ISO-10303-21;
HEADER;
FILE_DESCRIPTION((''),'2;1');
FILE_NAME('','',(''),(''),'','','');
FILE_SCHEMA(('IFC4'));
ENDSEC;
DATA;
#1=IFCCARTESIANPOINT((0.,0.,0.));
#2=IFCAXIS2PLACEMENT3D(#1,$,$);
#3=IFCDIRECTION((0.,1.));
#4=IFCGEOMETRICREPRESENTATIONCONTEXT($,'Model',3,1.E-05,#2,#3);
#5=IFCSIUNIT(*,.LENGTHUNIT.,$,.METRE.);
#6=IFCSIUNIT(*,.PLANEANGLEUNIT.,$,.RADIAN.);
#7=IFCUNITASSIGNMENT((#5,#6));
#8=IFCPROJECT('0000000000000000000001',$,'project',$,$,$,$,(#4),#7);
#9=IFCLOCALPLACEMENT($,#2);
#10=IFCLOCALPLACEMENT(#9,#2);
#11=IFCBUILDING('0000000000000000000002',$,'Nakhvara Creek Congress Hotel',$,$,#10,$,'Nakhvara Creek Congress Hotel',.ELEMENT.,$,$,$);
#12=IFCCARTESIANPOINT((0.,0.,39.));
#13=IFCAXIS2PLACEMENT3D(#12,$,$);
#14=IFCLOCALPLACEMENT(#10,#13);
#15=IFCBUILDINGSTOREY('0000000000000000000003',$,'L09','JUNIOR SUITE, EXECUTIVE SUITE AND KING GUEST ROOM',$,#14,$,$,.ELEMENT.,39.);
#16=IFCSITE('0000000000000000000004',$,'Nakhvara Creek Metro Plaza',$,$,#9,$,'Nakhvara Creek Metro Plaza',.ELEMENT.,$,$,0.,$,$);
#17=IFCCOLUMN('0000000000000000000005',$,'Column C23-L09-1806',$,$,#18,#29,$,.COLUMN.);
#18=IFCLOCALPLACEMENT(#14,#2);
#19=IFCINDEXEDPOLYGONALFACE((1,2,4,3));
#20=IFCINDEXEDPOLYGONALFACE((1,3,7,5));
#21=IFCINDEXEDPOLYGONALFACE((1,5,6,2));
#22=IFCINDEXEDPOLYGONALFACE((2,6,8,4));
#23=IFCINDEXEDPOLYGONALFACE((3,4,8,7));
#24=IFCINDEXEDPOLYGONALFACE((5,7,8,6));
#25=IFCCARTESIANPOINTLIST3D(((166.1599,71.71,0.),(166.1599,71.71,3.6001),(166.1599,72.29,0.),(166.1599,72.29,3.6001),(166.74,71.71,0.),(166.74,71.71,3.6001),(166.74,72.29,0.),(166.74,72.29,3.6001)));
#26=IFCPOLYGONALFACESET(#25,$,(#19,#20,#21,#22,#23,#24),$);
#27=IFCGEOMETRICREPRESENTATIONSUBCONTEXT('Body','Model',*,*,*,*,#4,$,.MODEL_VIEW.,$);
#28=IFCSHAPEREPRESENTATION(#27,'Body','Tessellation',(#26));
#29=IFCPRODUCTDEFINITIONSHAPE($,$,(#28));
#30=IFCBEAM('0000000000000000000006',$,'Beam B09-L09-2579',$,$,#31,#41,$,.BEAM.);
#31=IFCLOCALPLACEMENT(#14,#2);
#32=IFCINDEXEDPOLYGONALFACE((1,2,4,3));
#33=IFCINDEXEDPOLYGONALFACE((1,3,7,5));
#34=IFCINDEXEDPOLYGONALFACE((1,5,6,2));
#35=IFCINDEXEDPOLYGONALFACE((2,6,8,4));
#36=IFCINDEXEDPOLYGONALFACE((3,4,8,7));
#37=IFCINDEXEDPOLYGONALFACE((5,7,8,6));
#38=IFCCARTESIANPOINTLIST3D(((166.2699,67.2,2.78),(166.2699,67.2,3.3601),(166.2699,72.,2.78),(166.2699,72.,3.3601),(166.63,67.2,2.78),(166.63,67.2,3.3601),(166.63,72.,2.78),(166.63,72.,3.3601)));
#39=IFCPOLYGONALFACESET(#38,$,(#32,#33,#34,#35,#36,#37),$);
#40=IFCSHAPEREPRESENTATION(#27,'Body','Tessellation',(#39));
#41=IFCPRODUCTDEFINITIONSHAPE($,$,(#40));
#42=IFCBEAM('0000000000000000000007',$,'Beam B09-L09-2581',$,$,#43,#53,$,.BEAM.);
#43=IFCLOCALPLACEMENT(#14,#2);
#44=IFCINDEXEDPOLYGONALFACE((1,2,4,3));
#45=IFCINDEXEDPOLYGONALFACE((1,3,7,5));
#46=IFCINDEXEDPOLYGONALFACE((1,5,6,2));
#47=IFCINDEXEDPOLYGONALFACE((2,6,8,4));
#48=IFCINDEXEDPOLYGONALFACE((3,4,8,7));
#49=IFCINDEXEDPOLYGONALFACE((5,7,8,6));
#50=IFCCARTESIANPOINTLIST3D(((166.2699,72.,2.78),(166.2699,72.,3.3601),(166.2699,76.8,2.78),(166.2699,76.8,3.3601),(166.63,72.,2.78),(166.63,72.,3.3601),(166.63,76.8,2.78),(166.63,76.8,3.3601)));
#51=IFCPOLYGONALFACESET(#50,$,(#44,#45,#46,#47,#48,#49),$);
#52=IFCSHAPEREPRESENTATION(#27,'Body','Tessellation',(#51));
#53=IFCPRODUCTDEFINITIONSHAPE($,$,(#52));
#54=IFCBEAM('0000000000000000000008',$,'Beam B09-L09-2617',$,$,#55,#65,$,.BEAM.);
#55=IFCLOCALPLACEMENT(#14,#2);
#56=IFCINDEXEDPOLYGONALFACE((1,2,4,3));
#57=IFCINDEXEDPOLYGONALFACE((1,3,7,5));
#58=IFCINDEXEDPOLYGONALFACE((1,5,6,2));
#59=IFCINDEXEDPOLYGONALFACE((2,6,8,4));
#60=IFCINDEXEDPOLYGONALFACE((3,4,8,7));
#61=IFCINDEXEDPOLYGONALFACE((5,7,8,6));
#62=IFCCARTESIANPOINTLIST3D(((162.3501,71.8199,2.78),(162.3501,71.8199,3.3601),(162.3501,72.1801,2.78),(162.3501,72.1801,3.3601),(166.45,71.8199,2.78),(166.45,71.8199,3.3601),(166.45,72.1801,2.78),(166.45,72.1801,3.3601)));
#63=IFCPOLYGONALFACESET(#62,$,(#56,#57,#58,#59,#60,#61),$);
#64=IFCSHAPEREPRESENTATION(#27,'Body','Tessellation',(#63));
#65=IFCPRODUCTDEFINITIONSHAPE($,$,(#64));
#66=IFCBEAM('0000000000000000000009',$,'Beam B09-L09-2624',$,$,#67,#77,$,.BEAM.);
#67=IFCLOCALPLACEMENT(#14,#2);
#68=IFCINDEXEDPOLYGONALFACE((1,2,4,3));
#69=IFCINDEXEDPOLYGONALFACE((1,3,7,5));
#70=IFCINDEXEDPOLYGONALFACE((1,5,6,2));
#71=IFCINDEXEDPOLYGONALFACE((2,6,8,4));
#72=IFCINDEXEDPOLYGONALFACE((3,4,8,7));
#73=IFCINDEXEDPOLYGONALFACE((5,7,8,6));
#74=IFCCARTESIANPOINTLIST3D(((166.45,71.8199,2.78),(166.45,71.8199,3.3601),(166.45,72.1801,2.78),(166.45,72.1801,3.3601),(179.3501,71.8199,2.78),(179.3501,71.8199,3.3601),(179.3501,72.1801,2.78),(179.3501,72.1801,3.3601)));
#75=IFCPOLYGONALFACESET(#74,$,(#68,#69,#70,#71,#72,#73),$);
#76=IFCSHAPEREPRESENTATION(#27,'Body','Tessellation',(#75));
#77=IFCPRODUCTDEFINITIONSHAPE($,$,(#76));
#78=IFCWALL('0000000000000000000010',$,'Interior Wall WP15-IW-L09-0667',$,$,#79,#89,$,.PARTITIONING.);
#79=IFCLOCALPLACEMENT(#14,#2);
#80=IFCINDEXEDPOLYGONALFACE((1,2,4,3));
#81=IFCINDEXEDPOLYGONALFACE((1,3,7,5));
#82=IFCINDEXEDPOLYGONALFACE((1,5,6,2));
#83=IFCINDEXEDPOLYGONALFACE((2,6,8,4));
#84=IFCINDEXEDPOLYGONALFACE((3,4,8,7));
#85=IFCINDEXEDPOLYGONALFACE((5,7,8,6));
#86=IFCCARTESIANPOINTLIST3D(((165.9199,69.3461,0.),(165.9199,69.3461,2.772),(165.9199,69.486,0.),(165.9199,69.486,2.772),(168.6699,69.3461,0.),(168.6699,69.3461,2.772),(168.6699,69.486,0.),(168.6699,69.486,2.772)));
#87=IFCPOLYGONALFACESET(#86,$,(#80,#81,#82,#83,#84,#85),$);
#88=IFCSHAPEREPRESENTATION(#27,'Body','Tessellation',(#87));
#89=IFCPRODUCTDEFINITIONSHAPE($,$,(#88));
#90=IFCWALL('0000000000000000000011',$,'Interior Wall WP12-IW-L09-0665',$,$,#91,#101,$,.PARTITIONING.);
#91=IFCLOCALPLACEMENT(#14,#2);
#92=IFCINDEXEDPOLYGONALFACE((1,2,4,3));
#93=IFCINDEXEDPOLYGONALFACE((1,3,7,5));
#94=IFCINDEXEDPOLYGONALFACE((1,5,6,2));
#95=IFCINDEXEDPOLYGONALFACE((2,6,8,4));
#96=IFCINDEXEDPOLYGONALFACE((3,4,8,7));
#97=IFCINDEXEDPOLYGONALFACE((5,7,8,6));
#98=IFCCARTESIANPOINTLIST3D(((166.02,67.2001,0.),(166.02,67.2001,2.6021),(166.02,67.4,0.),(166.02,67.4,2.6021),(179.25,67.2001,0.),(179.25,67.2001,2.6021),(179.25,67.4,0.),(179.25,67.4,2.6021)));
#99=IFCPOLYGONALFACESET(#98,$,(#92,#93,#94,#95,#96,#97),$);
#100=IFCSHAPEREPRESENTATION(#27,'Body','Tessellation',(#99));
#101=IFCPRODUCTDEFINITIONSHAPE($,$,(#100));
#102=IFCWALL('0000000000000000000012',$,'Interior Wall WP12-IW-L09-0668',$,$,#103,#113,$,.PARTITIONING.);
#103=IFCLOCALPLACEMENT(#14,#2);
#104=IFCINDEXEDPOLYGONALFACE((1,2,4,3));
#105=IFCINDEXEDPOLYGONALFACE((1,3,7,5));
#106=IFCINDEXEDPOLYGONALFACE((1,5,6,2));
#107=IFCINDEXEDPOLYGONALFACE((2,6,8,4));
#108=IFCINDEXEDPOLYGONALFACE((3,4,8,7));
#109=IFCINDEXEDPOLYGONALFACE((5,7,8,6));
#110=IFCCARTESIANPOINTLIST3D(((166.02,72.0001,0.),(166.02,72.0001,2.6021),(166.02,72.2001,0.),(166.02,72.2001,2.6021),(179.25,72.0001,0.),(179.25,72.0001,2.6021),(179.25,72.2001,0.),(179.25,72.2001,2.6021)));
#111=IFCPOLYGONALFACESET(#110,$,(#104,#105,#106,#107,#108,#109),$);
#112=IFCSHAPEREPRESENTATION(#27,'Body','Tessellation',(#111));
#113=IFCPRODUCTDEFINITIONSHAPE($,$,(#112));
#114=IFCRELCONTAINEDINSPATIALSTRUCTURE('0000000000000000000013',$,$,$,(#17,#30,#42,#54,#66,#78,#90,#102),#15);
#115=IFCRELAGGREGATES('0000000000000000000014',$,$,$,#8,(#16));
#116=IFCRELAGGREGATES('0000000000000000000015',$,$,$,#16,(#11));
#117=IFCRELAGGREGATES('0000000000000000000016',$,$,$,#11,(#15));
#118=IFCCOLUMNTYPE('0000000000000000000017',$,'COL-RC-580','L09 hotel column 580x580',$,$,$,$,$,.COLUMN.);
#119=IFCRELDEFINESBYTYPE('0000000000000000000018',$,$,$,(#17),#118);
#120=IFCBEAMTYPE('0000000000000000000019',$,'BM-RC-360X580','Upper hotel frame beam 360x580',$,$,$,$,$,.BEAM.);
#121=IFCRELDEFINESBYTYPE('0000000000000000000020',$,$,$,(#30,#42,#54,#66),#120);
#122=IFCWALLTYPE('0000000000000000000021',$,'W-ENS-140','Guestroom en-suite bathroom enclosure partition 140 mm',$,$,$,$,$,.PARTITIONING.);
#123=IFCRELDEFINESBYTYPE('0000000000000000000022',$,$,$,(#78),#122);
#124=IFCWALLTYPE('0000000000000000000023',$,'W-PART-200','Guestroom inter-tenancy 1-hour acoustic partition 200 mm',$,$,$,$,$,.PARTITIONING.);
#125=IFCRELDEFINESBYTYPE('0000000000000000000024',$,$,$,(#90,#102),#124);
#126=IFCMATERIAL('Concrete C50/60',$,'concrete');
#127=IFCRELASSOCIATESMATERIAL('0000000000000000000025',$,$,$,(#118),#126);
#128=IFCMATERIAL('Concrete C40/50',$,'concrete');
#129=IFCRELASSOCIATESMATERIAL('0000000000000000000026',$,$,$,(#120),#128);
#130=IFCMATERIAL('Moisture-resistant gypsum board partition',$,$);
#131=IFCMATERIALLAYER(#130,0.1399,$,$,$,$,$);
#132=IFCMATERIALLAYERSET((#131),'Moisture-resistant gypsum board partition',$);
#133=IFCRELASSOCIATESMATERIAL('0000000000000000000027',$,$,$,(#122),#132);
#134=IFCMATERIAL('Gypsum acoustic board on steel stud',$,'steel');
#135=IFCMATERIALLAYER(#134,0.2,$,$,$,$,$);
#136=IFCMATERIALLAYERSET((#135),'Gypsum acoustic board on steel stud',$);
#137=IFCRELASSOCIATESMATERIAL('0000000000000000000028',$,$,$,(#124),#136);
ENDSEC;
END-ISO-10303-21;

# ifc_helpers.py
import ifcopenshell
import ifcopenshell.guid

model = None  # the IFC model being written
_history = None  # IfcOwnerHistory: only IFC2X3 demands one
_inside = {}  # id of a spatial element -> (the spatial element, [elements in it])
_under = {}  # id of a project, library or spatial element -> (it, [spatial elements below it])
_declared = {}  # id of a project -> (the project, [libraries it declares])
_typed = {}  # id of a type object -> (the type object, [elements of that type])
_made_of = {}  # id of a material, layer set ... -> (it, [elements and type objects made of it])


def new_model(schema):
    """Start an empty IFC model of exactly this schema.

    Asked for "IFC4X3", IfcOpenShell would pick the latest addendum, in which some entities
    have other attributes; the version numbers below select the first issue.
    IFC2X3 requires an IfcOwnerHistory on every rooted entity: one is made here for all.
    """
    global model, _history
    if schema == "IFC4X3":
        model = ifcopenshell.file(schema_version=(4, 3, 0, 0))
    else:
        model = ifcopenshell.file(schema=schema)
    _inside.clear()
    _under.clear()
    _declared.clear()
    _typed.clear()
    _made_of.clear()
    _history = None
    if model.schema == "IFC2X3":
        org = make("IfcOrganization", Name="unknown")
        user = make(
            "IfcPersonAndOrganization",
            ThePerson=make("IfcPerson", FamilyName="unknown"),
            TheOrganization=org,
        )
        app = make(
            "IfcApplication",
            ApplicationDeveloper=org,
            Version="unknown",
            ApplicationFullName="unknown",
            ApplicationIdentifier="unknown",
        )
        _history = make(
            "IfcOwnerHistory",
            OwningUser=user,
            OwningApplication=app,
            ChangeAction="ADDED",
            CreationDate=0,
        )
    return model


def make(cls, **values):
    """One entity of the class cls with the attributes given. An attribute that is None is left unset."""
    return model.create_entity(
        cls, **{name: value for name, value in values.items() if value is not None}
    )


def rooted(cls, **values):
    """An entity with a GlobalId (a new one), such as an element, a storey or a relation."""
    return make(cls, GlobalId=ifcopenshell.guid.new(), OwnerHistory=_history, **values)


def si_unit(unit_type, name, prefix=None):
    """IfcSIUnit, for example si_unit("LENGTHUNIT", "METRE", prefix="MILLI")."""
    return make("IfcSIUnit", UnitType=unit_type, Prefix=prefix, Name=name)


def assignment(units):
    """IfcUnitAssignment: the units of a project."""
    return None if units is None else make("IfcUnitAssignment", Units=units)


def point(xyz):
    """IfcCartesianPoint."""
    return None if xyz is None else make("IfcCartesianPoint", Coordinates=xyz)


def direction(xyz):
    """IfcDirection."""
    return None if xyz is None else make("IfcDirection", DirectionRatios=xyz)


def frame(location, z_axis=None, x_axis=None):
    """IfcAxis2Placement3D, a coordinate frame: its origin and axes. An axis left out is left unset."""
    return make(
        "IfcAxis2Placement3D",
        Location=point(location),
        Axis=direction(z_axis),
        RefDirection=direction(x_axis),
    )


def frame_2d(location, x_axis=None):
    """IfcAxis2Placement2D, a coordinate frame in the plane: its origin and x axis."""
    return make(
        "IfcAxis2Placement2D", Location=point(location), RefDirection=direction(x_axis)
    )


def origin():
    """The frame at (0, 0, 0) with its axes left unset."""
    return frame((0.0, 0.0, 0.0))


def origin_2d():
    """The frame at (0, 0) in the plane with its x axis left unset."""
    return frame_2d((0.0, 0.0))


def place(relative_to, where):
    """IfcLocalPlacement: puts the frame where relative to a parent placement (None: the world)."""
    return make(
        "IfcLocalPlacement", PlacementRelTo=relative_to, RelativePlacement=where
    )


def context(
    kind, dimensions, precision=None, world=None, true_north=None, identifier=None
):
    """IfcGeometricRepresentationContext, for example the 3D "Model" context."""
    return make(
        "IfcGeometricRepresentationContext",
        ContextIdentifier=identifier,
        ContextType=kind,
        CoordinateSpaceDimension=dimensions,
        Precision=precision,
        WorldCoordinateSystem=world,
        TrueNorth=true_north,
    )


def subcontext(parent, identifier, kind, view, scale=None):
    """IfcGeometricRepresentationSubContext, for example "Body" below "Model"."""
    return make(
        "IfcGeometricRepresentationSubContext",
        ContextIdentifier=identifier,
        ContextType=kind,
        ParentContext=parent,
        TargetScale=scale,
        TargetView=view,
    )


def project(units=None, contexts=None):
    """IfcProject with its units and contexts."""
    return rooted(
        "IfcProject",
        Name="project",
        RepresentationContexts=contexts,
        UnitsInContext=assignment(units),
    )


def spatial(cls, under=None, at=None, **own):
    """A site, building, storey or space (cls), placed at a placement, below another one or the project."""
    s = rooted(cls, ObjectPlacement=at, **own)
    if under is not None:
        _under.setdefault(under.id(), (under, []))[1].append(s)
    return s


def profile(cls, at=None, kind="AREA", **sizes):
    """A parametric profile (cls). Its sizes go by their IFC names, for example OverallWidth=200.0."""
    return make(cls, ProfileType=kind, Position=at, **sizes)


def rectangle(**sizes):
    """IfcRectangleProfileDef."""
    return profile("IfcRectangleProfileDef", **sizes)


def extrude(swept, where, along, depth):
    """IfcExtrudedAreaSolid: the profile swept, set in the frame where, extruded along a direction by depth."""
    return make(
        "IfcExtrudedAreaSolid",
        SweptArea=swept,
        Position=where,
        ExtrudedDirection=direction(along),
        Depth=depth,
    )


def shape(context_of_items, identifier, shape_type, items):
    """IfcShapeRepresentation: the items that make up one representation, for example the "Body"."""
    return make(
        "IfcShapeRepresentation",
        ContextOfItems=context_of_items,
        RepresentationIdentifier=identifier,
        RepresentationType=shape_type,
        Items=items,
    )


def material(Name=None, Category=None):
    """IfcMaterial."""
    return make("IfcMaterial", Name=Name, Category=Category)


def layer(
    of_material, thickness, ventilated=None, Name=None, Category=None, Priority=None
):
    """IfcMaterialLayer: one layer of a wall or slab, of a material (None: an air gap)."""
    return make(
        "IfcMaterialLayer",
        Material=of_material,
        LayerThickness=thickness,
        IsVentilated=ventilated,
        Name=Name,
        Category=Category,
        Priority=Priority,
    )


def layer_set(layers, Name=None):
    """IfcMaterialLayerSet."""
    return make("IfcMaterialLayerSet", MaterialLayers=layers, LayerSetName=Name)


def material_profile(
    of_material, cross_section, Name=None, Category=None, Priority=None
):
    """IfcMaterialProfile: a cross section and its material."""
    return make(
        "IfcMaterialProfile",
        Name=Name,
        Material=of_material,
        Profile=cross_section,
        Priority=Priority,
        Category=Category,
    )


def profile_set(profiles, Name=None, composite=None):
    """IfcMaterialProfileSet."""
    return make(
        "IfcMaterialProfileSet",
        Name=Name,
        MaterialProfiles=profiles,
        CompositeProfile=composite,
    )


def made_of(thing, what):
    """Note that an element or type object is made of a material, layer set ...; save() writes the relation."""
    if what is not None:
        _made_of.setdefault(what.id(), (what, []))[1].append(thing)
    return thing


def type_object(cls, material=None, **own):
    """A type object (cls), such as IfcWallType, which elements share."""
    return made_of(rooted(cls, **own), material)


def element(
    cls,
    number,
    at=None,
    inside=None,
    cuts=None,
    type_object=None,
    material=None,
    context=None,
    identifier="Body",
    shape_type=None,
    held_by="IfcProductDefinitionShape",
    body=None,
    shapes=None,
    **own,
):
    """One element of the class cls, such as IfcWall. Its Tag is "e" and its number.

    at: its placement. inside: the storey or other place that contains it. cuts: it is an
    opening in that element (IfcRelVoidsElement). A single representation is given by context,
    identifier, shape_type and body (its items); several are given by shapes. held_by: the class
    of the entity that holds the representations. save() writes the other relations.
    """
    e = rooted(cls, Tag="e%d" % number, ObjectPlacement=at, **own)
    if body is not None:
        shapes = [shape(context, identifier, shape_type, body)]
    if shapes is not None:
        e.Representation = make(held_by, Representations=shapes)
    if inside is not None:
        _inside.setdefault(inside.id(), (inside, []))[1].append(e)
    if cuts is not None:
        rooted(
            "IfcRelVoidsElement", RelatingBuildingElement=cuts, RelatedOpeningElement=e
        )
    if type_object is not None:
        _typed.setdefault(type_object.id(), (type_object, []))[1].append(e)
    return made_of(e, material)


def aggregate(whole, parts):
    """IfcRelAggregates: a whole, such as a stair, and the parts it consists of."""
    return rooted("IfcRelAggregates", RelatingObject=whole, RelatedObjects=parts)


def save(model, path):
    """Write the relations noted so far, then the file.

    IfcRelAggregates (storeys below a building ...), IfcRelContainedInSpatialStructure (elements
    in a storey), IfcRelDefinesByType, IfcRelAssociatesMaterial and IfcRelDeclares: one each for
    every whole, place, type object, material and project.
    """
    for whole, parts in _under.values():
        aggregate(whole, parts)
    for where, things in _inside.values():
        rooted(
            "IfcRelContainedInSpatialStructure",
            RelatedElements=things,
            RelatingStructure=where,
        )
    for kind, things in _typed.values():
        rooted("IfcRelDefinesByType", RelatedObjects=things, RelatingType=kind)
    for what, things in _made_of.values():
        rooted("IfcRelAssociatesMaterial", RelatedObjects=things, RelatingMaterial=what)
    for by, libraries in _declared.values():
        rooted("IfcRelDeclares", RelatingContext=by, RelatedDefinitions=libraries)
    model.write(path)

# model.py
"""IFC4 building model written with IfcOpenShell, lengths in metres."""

from ifc_helpers import new_model, si_unit, direction, frame, frame_2d, origin, origin_2d, place, context, subcontext, project, spatial, rectangle, extrude, material, layer, layer_set, material_profile, profile_set, type_object, element, save


model = new_model("IFC4")

# Units and contexts
model_context = context("Model", 3, precision=1e-05, world=origin(), true_north=direction((0.0, 1.0)))
body_context = subcontext(model_context, "Body", "Model", "MODEL_VIEW")
ifc_project = project(units=[si_unit("LENGTHUNIT", "METRE"), si_unit("PLANEANGLEUNIT", "RADIAN")], contexts=[model_context])

# Site, building, storey
site_placement = place(None, origin())
site = spatial("IfcSite", under=ifc_project, at=site_placement, Name="Nakhvara Creek Metro Plaza", LongName="Nakhvara Creek Metro Plaza", CompositionType="ELEMENT", RefElevation=0.0)
building_placement = place(site_placement, origin())
building = spatial("IfcBuilding", under=site, at=building_placement, Name="Nakhvara Creek Congress Hotel", LongName="Nakhvara Creek Congress Hotel", CompositionType="ELEMENT")
storey_placement = place(building_placement, frame((0.0, 0.0, 39.0)))
storey = spatial("IfcBuildingStorey", under=building, at=storey_placement, Name="L09", Description="JUNIOR SUITE, EXECUTIVE SUITE AND KING GUEST ROOM", CompositionType="ELEMENT", Elevation=39.0)

# Column
ifc_material_1 = material(Name="Concrete C50/60", Category="concrete")
ifc_material_profile_1 = material_profile(ifc_material_1, rectangle(XDim=0.5801, YDim=0.5801, at=origin_2d()), Name="RC-COL 580x580", Category="LoadBearing")
ifc_profile_set_1 = profile_set([ifc_material_profile_1], Name="Concrete C50/60")
column_type = type_object("IfcColumnType", Name="COL-RC-580", Description="L09 hotel column 580x580", PredefinedType="COLUMN", material=ifc_profile_set_1)
column_placement = place(storey_placement, frame((166.45, 72.0, 0.0), z_axis=(0.0, 0.0, 1.0), x_axis=(1.0, 0.0, 0.0)))
element("IfcColumn", 1, at=column_placement, inside=storey, type_object=column_type, Name="Column C23-L09-1806", PredefinedType="COLUMN", context=body_context, shape_type="SweptSolid", body=[
    extrude(rectangle(XDim=0.5801, YDim=0.5801, at=origin_2d()), origin(), (0.0, 0.0, 1.0), 3.6001),
])

# Beams
ifc_material_2 = material(Name="Concrete C40/50", Category="concrete")
ifc_material_profile_2 = material_profile(ifc_material_2, rectangle(XDim=0.3601, YDim=0.5801, at=origin_2d()), Name="RC-BM 360x580", Category="LoadBearing")
ifc_profile_set_2 = profile_set([ifc_material_profile_2], Name="Concrete C40/50")
beam_type = type_object("IfcBeamType", Name="BM-RC-360X580", Description="Upper hotel frame beam 360x580", PredefinedType="BEAM", material=ifc_profile_set_2)
for number, where, z_axis, x_axis, name in (
    (2, (166.45, 67.2, 3.0701), (0.0, 1.0, 0.0), (-1.0, 0.0, 0.0), "Beam B09-L09-2579"),
    (3, (166.45, 72.0, 3.0701), (0.0, 1.0, 0.0), (-1.0, 0.0, 0.0), "Beam B09-L09-2581"),
):
    element("IfcBeam", number, at=place(storey_placement, frame(where, z_axis=z_axis, x_axis=x_axis)), inside=storey, type_object=beam_type, Name=name, PredefinedType="BEAM", context=body_context, shape_type="SweptSolid", body=[
        extrude(rectangle(XDim=0.3601, YDim=0.5801, at=origin_2d()), origin(), (0.0, 0.0, 1.0), 4.8),
    ])
beam_1_placement = place(storey_placement, frame((162.3501, 72.0, 3.0701), z_axis=(1.0, 0.0, 0.0), x_axis=(0.0, 1.0, 0.0)))
element("IfcBeam", 4, at=beam_1_placement, inside=storey, type_object=beam_type, Name="Beam B09-L09-2617", PredefinedType="BEAM", context=body_context, shape_type="SweptSolid", body=[
    extrude(rectangle(XDim=0.3601, YDim=0.5801, at=origin_2d()), origin(), (0.0, 0.0, 1.0), 4.0999),
])
beam_2_placement = place(storey_placement, frame((166.45, 72.0, 3.0701), z_axis=(1.0, 0.0, 0.0), x_axis=(0.0, 1.0, 0.0)))
element("IfcBeam", 5, at=beam_2_placement, inside=storey, type_object=beam_type, Name="Beam B09-L09-2624", PredefinedType="BEAM", context=body_context, shape_type="SweptSolid", body=[
    extrude(rectangle(XDim=0.3601, YDim=0.5801, at=origin_2d()), origin(), (0.0, 0.0, 1.0), 12.9001),
])

# Shared definitions
ifc_material_3 = material(Name="Moisture-resistant gypsum board partition")
ifc_layer_1 = layer(ifc_material_3, 0.1399)
ifc_layer_set_1 = layer_set([ifc_layer_1], Name="Moisture-resistant gypsum board partition")
wall_type_1 = type_object("IfcWallType", Name="W-ENS-140", Description="Guestroom en-suite bathroom enclosure partition 140 mm", PredefinedType="PARTITIONING", material=ifc_layer_set_1)

# Walls
wall_1_placement = place(storey_placement, frame((165.9199, 69.416, 0.0), z_axis=(0.0, 0.0, 1.0), x_axis=(1.0, 0.0, 0.0)))
element("IfcWall", 6, at=wall_1_placement, inside=storey, type_object=wall_type_1, Name="Interior Wall WP15-IW-L09-0667", PredefinedType="PARTITIONING", context=body_context, shape_type="SweptSolid", body=[
    extrude(rectangle(XDim=2.75, YDim=0.1399, at=frame_2d((1.375, 0.0))), origin(), (0.0, 0.0, 1.0), 2.772),
])
ifc_material_4 = material(Name="Gypsum acoustic board on steel stud", Category="steel")
ifc_layer_2 = layer(ifc_material_4, 0.2)
ifc_layer_set_2 = layer_set([ifc_layer_2], Name="Gypsum acoustic board on steel stud")
wall_type_2 = type_object("IfcWallType", Name="W-PART-200", Description="Guestroom inter-tenancy 1-hour acoustic partition 200 mm", PredefinedType="PARTITIONING", material=ifc_layer_set_2)
for number, where, z_axis, x_axis, name in (
    (7, (166.02, 67.3, 0.0), (0.0, 0.0, 1.0), (1.0, 0.0, 0.0), "Interior Wall WP12-IW-L09-0665"),
    (8, (166.02, 72.1001, 0.0), (0.0, 0.0, 1.0), (1.0, 0.0, 0.0), "Interior Wall WP12-IW-L09-0668"),
):
    element("IfcWall", number, at=place(storey_placement, frame(where, z_axis=z_axis, x_axis=x_axis)), inside=storey, type_object=wall_type_2, Name=name, PredefinedType="PARTITIONING", context=body_context, shape_type="SweptSolid", body=[
        extrude(rectangle(XDim=13.23, YDim=0.2, at=frame_2d((6.615, 0.0))), origin(), (0.0, 0.0, 1.0), 2.6021),
    ])

save(model, "model.ifc")
